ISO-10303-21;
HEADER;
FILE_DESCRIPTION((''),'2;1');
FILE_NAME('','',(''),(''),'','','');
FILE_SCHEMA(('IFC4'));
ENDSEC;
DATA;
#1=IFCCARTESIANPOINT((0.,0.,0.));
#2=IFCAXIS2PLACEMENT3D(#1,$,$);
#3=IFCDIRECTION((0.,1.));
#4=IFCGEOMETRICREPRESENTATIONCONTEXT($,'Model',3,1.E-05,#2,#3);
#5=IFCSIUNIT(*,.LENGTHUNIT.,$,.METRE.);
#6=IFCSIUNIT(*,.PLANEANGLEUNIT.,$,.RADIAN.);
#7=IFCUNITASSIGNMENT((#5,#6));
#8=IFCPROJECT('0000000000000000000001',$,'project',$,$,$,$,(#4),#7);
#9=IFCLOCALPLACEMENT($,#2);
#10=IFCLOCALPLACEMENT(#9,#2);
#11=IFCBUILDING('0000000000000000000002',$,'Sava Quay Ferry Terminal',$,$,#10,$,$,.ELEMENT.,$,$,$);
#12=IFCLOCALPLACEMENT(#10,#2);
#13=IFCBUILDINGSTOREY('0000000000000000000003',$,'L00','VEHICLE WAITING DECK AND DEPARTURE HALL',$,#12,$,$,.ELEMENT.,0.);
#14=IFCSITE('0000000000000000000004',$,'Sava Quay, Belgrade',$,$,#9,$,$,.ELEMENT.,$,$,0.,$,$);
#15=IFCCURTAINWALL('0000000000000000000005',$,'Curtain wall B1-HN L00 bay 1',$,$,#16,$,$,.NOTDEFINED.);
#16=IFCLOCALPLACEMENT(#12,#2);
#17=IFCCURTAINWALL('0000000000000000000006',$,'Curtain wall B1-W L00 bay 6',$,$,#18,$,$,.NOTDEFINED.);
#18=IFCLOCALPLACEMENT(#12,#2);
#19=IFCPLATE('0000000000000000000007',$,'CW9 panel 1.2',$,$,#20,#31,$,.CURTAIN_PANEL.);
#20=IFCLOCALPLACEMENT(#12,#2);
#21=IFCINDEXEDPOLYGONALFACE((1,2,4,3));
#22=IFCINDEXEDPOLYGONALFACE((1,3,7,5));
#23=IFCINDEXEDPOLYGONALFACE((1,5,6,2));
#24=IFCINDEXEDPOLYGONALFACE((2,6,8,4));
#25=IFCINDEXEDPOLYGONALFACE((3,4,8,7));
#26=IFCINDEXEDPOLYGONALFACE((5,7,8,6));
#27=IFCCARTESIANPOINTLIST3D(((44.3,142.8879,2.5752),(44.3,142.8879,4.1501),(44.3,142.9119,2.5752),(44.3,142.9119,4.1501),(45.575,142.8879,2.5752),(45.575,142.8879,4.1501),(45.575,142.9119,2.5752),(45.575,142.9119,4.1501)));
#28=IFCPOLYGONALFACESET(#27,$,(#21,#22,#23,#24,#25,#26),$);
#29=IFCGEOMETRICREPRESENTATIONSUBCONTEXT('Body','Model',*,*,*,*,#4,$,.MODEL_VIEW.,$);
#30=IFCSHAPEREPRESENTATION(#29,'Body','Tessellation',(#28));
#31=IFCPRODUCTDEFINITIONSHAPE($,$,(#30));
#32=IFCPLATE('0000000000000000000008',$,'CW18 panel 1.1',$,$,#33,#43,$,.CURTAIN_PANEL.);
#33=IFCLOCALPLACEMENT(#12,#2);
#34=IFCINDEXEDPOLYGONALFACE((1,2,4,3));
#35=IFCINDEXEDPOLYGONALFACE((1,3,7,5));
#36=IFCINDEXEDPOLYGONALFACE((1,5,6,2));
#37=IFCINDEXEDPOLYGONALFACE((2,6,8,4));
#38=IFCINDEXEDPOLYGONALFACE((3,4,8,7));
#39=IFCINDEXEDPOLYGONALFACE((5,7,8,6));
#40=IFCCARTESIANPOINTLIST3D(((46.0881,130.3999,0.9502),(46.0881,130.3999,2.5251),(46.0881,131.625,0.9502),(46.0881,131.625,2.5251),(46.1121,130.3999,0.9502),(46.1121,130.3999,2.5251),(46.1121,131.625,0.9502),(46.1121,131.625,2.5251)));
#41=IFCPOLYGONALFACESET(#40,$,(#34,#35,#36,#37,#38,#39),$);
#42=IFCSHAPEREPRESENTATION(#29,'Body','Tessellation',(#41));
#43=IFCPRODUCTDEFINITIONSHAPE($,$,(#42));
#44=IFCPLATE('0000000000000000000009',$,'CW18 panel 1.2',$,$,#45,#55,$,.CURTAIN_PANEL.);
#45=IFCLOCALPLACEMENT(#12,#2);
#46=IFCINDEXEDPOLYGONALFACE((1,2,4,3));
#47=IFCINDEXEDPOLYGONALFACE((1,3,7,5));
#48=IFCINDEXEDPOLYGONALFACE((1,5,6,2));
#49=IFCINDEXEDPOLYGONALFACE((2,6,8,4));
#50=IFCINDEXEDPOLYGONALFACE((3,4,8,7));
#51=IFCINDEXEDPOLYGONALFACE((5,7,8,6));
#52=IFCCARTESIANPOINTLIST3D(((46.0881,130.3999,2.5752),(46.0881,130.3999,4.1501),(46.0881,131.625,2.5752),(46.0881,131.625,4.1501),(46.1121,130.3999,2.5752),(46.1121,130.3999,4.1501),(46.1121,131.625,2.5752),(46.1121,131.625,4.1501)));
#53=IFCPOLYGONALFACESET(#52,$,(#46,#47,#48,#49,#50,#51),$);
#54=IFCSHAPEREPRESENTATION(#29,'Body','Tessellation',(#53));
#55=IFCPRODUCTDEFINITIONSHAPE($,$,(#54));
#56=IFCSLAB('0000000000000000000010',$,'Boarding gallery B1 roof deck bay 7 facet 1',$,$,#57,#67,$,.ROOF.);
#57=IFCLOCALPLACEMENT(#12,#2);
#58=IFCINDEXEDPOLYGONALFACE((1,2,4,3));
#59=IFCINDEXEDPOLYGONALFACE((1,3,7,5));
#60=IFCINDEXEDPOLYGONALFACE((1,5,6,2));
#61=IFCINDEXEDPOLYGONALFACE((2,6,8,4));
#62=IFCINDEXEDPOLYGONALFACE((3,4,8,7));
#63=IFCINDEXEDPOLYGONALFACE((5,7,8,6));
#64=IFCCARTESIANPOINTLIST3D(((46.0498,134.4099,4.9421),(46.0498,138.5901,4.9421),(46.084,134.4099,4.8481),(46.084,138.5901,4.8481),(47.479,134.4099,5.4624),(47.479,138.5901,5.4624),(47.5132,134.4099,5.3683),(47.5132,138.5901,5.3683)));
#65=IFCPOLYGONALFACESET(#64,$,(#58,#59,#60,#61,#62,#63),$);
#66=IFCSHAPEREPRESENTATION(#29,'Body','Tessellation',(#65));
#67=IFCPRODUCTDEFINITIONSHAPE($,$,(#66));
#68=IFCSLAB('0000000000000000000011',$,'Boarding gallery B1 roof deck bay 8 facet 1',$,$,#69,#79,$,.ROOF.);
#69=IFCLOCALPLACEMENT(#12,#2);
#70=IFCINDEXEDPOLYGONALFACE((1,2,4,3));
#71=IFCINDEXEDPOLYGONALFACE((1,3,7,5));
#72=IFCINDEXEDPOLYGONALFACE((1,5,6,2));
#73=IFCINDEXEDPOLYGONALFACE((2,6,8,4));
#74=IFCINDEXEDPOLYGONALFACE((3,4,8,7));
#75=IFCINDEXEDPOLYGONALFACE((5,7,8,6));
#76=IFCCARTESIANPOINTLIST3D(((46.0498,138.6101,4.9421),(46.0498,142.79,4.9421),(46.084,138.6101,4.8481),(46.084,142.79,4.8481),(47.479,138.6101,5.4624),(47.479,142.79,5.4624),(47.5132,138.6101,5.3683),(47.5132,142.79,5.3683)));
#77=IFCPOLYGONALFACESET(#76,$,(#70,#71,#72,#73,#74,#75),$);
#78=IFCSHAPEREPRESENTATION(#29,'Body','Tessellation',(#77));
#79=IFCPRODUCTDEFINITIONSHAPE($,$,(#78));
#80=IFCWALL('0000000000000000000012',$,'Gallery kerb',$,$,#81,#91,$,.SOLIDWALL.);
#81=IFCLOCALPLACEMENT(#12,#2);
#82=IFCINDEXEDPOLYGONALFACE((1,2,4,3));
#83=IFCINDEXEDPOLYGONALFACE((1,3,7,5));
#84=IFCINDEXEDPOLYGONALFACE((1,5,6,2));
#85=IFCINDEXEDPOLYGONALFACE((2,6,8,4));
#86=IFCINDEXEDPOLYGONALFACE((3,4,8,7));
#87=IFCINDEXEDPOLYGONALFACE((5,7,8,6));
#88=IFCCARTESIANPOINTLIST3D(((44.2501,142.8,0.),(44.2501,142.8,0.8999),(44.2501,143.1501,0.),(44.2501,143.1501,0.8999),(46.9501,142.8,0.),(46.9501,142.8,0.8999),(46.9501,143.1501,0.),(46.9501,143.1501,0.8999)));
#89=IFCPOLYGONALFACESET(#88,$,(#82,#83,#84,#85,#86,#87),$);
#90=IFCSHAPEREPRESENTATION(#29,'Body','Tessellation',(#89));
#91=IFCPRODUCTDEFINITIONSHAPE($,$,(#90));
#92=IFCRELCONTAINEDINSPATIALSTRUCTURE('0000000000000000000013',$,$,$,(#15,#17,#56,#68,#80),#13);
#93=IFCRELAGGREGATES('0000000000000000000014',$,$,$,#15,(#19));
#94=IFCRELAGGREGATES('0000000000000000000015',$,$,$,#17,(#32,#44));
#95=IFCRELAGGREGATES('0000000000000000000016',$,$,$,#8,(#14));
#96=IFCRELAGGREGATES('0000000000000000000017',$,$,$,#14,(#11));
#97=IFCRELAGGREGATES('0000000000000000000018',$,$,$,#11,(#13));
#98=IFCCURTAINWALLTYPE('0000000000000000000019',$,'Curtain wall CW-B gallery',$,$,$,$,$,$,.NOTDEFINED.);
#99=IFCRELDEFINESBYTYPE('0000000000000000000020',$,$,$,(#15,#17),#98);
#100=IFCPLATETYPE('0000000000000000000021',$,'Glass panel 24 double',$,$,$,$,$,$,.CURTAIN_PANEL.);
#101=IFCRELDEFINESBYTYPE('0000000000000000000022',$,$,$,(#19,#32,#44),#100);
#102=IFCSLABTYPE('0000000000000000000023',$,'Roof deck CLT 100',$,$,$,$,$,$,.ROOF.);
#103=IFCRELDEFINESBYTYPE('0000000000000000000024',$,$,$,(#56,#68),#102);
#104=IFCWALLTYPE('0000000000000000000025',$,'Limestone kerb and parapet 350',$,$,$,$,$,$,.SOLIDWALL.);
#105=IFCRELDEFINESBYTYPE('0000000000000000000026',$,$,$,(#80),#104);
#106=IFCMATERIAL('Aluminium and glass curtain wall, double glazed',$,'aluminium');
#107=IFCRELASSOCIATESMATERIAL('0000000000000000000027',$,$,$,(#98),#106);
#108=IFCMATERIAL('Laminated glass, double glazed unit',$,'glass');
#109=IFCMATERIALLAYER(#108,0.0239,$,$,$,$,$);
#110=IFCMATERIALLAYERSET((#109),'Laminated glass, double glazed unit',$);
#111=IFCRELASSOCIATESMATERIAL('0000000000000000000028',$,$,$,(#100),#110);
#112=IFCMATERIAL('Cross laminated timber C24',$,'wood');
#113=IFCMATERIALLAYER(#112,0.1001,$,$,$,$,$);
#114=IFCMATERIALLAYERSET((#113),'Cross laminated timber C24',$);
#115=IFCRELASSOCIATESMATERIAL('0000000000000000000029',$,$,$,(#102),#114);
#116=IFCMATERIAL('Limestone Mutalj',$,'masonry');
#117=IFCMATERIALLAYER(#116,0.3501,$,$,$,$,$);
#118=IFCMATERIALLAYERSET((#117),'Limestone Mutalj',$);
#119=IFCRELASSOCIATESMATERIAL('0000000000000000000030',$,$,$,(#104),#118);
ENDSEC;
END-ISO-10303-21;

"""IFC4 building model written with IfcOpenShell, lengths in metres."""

from ifc_helpers import new_model, si_unit, direction, frame, frame_2d, origin, origin_2d, place, context, subcontext, project, spatial, polyline, rectangle, outline, extrude, material, layer, layer_set, type_object, element, aggregate, save


model = new_model("IFC4")

# Units and contexts
model_context = context("Model", 3, precision=1e-05, world=origin(), true_north=direction((0.0, 1.0)))
body_context = subcontext(model_context, "Body", "Model", "MODEL_VIEW")
ifc_project = project(units=[si_unit("LENGTHUNIT", "METRE"), si_unit("PLANEANGLEUNIT", "RADIAN")], contexts=[model_context])

# Site, building, storey
site_placement = place(None, origin())
site = spatial("IfcSite", under=ifc_project, at=site_placement, Name="Sava Quay, Belgrade", CompositionType="ELEMENT", RefElevation=0.0)
building_placement = place(site_placement, origin())
building = spatial("IfcBuilding", under=site, at=building_placement, Name="Sava Quay Ferry Terminal", CompositionType="ELEMENT")
storey_placement = place(building_placement, origin())
storey = spatial("IfcBuildingStorey", under=building, at=storey_placement, Name="L00", Description="VEHICLE WAITING DECK AND DEPARTURE HALL", CompositionType="ELEMENT", Elevation=0.0)

# Curtain wall
ifc_material_1 = material(Name="Aluminium and glass curtain wall, double glazed", Category="aluminium")
curtain_wall_type = type_object("IfcCurtainWallType", Name="Curtain wall CW-B gallery", PredefinedType="NOTDEFINED", material=ifc_material_1)
curtain_wall_1_placement = place(storey_placement, origin())
curtain_wall_1 = element("IfcCurtainWall", 1, at=curtain_wall_1_placement, inside=storey, type_object=curtain_wall_type, Name="Curtain wall B1-HN L00 bay 1", PredefinedType="NOTDEFINED")

# Curtain wall
curtain_wall_2_placement = place(storey_placement, origin())
curtain_wall_2 = element("IfcCurtainWall", 2, at=curtain_wall_2_placement, inside=storey, type_object=curtain_wall_type, Name="Curtain wall B1-W L00 bay 6", PredefinedType="NOTDEFINED")

# Plates
ifc_material_2 = material(Name="Laminated glass, double glazed unit", Category="glass")
ifc_layer_1 = layer(ifc_material_2, 0.0239)
ifc_layer_set_1 = layer_set([ifc_layer_1], Name="Laminated glass, double glazed unit")
plate_type = type_object("IfcPlateType", Name="Glass panel 24 double", PredefinedType="CURTAIN_PANEL", material=ifc_layer_set_1)
plate_1_placement = place(storey_placement, frame((44.9375, 142.8999, 2.5752), z_axis=(0.0, 0.0, 1.0), x_axis=(1.0, 0.0, 0.0)))
plate_1 = element("IfcPlate", 3, at=plate_1_placement, type_object=plate_type, Name="CW9 panel 1.2", PredefinedType="CURTAIN_PANEL", context=body_context, shape_type="SweptSolid", body=[
    extrude(rectangle(XDim=1.2749, YDim=0.0239, at=origin_2d()), origin(), (0.0, 0.0, 1.0), 1.575),
])
aggregate(curtain_wall_1, [plate_1])
plate_2_placement = place(storey_placement, frame((46.1001, 131.0125, 0.9502), z_axis=(0.0, 0.0, 1.0), x_axis=(0.0, 1.0, 0.0)))
plate_2 = element("IfcPlate", 4, at=plate_2_placement, type_object=plate_type, Name="CW18 panel 1.1", PredefinedType="CURTAIN_PANEL", context=body_context, shape_type="SweptSolid", body=[
    extrude(rectangle(XDim=1.2251, YDim=0.0239, at=origin_2d()), origin(), (0.0, 0.0, 1.0), 1.575),
])
plate_3_placement = place(storey_placement, frame((46.1001, 131.0125, 2.5752), z_axis=(0.0, 0.0, 1.0), x_axis=(0.0, 1.0, 0.0)))
plate_3 = element("IfcPlate", 5, at=plate_3_placement, type_object=plate_type, Name="CW18 panel 1.2", PredefinedType="CURTAIN_PANEL", context=body_context, shape_type="SweptSolid", body=[
    extrude(rectangle(XDim=1.2251, YDim=0.0239, at=origin_2d()), origin(), (0.0, 0.0, 1.0), 1.575),
])
aggregate(curtain_wall_2, [plate_2, plate_3])

# Slabs
ifc_material_3 = material(Name="Cross laminated timber C24", Category="wood")
ifc_layer_2 = layer(ifc_material_3, 0.1001)
ifc_layer_set_2 = layer_set([ifc_layer_2], Name="Cross laminated timber C24")
slab_type = type_object("IfcSlabType", Name="Roof deck CLT 100", PredefinedType="ROOF", material=ifc_layer_set_2)
slab_1_placement = place(storey_placement, frame((46.0498, 134.4099, 4.9421), z_axis=(-0.342065, 0.0, 0.939676), x_axis=(0.939676, 0.0, 0.342065)))
element("IfcSlab", 6, at=slab_1_placement, inside=storey, type_object=slab_type, Name="Boarding gallery B1 roof deck bay 7 facet 1", PredefinedType="ROOF", context=body_context, shape_type="SweptSolid", body=[
    extrude(outline(polyline([(0.0, 0.0), (1.5209, 0.0), (1.5209, 4.1802), (0.0, 4.1802), (0.0, 0.0)])), origin(), (0.0, 0.0, -1.0), 0.1001),
])
slab_2_placement = place(storey_placement, frame((46.0498, 138.6101, 4.9421), z_axis=(-0.342065, 0.0, 0.939676), x_axis=(0.939676, 0.0, 0.342065)))
element("IfcSlab", 7, at=slab_2_placement, inside=storey, type_object=slab_type, Name="Boarding gallery B1 roof deck bay 8 facet 1", PredefinedType="ROOF", context=body_context, shape_type="SweptSolid", body=[
    extrude(outline(polyline([(0.0, 0.0), (1.5209, 0.0), (1.5209, 4.1799), (0.0, 4.1799), (0.0, 0.0)])), origin(), (0.0, 0.0, -1.0), 0.1001),
])

# Wall
ifc_material_4 = material(Name="Limestone Mutalj", Category="masonry")
ifc_layer_3 = layer(ifc_material_4, 0.3501)
ifc_layer_set_3 = layer_set([ifc_layer_3], Name="Limestone Mutalj")
wall_type = type_object("IfcWallType", Name="Limestone kerb and parapet 350", PredefinedType="SOLIDWALL", material=ifc_layer_set_3)
wall_placement = place(storey_placement, frame((44.25, 142.9751, 0.0), z_axis=(0.0, 0.0, 1.0), x_axis=(1.0, 0.0, 0.0)))
element("IfcWall", 8, at=wall_placement, inside=storey, type_object=wall_type, Name="Gallery kerb", PredefinedType="SOLIDWALL", context=body_context, shape_type="SweptSolid", body=[
    extrude(rectangle(XDim=2.7, YDim=0.3501, at=frame_2d((1.3501, 0.0))), origin(), (0.0, 0.0, 1.0), 0.8999),
])

save(model, "model.ifc")
